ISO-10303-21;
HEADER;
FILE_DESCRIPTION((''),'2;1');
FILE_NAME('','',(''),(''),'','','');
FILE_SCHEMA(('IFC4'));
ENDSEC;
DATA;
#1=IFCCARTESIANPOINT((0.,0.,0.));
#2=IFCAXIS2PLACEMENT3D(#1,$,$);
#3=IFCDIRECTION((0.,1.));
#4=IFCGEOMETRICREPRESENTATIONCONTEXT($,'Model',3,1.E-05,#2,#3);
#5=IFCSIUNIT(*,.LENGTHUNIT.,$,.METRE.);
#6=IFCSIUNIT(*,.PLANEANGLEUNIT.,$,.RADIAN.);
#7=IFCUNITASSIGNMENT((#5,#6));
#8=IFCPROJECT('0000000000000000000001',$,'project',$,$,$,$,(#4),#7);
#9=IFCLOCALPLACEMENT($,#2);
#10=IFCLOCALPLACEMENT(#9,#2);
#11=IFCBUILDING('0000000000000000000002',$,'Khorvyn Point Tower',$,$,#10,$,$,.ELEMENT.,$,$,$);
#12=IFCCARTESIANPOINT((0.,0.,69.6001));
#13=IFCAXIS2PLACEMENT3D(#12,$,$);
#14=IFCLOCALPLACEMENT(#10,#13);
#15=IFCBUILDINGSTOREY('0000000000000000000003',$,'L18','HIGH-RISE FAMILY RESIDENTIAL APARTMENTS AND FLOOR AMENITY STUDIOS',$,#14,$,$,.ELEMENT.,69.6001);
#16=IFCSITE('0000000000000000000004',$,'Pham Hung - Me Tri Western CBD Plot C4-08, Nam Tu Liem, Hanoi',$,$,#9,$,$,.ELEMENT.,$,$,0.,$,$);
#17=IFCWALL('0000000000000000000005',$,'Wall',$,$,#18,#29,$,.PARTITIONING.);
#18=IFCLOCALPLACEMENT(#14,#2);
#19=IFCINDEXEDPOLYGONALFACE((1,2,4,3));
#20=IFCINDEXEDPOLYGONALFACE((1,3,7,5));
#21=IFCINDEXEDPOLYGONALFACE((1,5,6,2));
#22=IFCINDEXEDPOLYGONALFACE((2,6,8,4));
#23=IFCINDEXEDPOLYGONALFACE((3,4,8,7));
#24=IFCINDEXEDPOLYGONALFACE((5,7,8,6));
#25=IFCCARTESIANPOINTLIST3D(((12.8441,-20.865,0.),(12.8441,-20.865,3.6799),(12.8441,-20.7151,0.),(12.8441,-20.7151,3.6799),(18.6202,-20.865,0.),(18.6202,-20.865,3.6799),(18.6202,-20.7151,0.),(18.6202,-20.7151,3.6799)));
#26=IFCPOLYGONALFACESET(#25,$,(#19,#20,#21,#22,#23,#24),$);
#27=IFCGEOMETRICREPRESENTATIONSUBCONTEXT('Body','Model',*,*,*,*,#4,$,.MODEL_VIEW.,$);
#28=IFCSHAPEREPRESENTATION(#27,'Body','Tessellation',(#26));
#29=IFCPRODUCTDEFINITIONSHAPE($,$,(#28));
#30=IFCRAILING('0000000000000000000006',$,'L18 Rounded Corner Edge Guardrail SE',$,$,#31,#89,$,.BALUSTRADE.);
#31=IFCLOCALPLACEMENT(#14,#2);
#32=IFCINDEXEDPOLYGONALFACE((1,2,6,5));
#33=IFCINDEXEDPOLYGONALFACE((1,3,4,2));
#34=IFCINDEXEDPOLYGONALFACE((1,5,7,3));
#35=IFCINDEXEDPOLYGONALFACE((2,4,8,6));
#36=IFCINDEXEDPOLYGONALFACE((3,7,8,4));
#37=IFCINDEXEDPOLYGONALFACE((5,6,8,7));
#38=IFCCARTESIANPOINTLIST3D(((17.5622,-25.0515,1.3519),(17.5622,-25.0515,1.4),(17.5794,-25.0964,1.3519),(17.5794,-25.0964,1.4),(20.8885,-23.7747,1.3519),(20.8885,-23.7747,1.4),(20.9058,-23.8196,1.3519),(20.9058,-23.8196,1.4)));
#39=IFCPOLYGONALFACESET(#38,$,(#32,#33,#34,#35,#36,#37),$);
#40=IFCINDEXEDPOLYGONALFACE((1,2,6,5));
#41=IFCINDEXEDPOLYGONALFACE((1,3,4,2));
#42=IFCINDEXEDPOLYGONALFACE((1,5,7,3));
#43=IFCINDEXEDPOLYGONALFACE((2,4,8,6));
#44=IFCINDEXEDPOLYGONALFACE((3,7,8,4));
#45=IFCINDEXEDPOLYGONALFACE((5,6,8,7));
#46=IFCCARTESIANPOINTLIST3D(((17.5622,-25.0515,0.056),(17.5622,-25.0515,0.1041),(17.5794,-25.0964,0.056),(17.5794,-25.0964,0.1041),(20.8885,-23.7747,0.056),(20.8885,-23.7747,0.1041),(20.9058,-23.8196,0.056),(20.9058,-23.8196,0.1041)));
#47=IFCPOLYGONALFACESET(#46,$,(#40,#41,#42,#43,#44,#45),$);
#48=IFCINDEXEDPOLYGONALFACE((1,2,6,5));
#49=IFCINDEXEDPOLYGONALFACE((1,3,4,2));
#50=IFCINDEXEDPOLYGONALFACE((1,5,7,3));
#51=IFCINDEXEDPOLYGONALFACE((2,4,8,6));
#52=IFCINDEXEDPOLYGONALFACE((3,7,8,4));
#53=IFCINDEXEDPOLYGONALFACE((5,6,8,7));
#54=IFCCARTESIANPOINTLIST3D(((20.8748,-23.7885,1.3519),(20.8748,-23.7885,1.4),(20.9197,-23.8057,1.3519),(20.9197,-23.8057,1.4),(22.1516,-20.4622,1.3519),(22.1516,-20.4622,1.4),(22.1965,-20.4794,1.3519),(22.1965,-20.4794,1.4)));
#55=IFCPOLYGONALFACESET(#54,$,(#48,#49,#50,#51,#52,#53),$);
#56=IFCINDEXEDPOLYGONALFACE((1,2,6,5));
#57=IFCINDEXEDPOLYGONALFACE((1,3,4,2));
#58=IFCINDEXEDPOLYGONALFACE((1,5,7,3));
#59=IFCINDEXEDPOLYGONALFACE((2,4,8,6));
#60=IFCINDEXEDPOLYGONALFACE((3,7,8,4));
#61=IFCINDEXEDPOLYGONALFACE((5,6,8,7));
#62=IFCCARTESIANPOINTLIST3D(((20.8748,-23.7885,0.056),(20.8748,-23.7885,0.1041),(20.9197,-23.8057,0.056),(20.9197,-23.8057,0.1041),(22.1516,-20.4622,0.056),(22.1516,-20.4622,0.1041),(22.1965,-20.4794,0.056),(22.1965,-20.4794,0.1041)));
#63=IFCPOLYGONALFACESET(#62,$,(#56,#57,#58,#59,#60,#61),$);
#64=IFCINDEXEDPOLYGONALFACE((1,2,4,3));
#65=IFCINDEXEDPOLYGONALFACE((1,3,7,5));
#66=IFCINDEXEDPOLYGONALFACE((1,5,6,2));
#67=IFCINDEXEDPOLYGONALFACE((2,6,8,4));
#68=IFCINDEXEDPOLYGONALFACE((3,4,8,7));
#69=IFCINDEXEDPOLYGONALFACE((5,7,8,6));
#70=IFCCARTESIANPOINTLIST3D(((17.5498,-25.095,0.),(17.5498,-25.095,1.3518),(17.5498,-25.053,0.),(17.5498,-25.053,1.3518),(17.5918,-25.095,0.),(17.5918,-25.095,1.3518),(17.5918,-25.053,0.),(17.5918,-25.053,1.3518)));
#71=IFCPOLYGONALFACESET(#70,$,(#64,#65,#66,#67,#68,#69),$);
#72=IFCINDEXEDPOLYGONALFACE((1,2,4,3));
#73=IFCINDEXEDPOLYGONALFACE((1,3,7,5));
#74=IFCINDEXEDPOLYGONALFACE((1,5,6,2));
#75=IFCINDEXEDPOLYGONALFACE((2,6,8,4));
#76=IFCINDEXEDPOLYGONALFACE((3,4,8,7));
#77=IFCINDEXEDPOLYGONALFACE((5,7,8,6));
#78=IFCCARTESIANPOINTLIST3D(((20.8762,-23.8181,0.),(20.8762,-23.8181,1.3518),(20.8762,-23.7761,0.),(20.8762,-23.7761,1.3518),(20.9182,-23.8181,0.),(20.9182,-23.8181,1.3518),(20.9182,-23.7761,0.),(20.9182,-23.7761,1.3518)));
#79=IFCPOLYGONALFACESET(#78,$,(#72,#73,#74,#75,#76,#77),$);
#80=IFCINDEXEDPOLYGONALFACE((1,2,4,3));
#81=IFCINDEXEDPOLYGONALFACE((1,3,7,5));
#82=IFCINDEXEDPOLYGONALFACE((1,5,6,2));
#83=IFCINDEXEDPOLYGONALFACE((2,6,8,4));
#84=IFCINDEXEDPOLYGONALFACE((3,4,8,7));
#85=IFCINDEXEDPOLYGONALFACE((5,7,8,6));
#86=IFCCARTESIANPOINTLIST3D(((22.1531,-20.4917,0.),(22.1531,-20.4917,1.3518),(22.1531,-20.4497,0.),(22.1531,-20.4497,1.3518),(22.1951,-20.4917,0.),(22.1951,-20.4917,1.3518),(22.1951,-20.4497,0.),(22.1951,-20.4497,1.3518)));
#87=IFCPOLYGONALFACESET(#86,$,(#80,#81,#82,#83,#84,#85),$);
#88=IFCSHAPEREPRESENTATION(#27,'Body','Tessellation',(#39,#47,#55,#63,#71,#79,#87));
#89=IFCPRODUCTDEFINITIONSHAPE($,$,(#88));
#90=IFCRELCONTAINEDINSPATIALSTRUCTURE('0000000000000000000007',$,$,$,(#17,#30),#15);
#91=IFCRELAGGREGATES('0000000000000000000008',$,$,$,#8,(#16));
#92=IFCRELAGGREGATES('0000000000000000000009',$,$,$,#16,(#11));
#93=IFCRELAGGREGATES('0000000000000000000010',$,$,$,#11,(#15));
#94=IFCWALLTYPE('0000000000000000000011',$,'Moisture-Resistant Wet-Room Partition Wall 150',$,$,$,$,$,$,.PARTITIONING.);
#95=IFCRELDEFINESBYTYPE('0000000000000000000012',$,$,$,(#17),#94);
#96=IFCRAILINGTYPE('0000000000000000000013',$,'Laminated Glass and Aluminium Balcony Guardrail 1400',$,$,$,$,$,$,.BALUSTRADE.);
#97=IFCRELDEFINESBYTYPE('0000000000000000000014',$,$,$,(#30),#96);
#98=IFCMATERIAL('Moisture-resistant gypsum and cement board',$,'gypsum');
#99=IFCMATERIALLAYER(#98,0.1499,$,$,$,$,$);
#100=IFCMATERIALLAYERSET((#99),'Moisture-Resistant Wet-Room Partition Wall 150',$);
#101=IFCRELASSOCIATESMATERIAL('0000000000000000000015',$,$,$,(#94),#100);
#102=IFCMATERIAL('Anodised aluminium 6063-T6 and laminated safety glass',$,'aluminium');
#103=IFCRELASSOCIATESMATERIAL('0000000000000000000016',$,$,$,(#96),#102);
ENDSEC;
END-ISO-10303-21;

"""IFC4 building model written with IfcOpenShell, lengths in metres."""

from ifc_helpers import new_model, si_unit, direction, frame, frame_2d, origin, origin_2d, place, context, subcontext, project, spatial, rectangle, extrude, material, layer, layer_set, type_object, element, save


model = new_model("IFC4")

# Units and contexts
model_context = context("Model", 3, precision=1e-05, world=origin(), true_north=direction((0.0, 1.0)))
body_context = subcontext(model_context, "Body", "Model", "MODEL_VIEW")
ifc_project = project(units=[si_unit("LENGTHUNIT", "METRE"), si_unit("PLANEANGLEUNIT", "RADIAN")], contexts=[model_context])

# Site, building, storey
site_placement = place(None, origin())
site = spatial("IfcSite", under=ifc_project, at=site_placement, Name="Pham Hung - Me Tri Western CBD Plot C4-08, Nam Tu Liem, Hanoi", CompositionType="ELEMENT", RefElevation=0.0)
building_placement = place(site_placement, origin())
building = spatial("IfcBuilding", under=site, at=building_placement, Name="Khorvyn Point Tower", CompositionType="ELEMENT")
storey_placement = place(building_placement, frame((0.0, 0.0, 69.6001)))
storey = spatial("IfcBuildingStorey", under=building, at=storey_placement, Name="L18", Description="HIGH-RISE FAMILY RESIDENTIAL APARTMENTS AND FLOOR AMENITY STUDIOS", CompositionType="ELEMENT", Elevation=69.6001)

# Shared definitions
ifc_material_1 = material(Name="Moisture-resistant gypsum and cement board", Category="gypsum")
ifc_layer_1 = layer(ifc_material_1, 0.1499)
ifc_layer_set_1 = layer_set([ifc_layer_1], Name="Moisture-Resistant Wet-Room Partition Wall 150")
wall_type_1 = type_object("IfcWallType", Name="Moisture-Resistant Wet-Room Partition Wall 150", PredefinedType="PARTITIONING", material=ifc_layer_set_1)

# Wall
wall_1_placement = place(storey_placement, frame((12.844, -20.79, 0.0), z_axis=(0.0, 0.0, 1.0), x_axis=(1.0, 0.0, 0.0)))
element("IfcWall", 1, at=wall_1_placement, inside=storey, type_object=wall_type_1, Name="Wall", PredefinedType="PARTITIONING", context=body_context, shape_type="SweptSolid", body=[
    extrude(rectangle(XDim=5.7761, YDim=0.1499, at=frame_2d((2.8882, 0.0))), origin(), (0.0, 0.0, 1.0), 3.6799),
])

# Railing
ifc_material_2 = material(Name="Anodised aluminium 6063-T6 and laminated safety glass", Category="aluminium")
railing_type = type_object("IfcRailingType", Name="Laminated Glass and Aluminium Balcony Guardrail 1400", PredefinedType="BALUSTRADE", material=ifc_material_2)
railing_1_placement = place(storey_placement, frame((17.5708, -25.074, 0.0)))
element("IfcRailing", 2, at=railing_1_placement, inside=storey, type_object=railing_type, Name="L18 Rounded Corner Edge Guardrail SE", PredefinedType="BALUSTRADE", context=body_context, shape_type="SweptSolid", body=[
    extrude(rectangle(XDim=0.0481, YDim=0.0481, at=origin_2d()), frame((0.0, 0.0, 1.376), z_axis=(0.933584, 0.358359, 0.0), x_axis=(-0.358359, 0.933584, 0.0)), (0.0, 0.0, 1.0), 3.563),
    extrude(rectangle(XDim=0.0481, YDim=0.0481, at=origin_2d()), frame((0.0, 0.0, 0.0801), z_axis=(0.933584, 0.358359, 0.0), x_axis=(-0.358359, 0.933584, 0.0)), (0.0, 0.0, 1.0), 3.563),
    extrude(rectangle(XDim=0.0481, YDim=0.0481, at=origin_2d()), frame((3.3264, 1.2769, 1.376), z_axis=(0.358359, 0.933584, 0.0), x_axis=(-0.933584, 0.358359, 0.0)), (0.0, 0.0, 1.0), 3.563),
    extrude(rectangle(XDim=0.0481, YDim=0.0481, at=origin_2d()), frame((3.3264, 1.2769, 0.0801), z_axis=(0.358359, 0.933584, 0.0), x_axis=(-0.933584, 0.358359, 0.0)), (0.0, 0.0, 1.0), 3.563),
    extrude(rectangle(XDim=0.042, YDim=0.042, at=origin_2d()), origin(), (0.0, 0.0, 1.0), 1.3518),
    extrude(rectangle(XDim=0.042, YDim=0.042, at=origin_2d()), frame((3.3264, 1.2769, 0.0)), (0.0, 0.0, 1.0), 1.3518),
    extrude(rectangle(XDim=0.042, YDim=0.042, at=origin_2d()), frame((4.6033, 4.6033, 0.0)), (0.0, 0.0, 1.0), 1.3518),
])

save(model, "model.ifc")
